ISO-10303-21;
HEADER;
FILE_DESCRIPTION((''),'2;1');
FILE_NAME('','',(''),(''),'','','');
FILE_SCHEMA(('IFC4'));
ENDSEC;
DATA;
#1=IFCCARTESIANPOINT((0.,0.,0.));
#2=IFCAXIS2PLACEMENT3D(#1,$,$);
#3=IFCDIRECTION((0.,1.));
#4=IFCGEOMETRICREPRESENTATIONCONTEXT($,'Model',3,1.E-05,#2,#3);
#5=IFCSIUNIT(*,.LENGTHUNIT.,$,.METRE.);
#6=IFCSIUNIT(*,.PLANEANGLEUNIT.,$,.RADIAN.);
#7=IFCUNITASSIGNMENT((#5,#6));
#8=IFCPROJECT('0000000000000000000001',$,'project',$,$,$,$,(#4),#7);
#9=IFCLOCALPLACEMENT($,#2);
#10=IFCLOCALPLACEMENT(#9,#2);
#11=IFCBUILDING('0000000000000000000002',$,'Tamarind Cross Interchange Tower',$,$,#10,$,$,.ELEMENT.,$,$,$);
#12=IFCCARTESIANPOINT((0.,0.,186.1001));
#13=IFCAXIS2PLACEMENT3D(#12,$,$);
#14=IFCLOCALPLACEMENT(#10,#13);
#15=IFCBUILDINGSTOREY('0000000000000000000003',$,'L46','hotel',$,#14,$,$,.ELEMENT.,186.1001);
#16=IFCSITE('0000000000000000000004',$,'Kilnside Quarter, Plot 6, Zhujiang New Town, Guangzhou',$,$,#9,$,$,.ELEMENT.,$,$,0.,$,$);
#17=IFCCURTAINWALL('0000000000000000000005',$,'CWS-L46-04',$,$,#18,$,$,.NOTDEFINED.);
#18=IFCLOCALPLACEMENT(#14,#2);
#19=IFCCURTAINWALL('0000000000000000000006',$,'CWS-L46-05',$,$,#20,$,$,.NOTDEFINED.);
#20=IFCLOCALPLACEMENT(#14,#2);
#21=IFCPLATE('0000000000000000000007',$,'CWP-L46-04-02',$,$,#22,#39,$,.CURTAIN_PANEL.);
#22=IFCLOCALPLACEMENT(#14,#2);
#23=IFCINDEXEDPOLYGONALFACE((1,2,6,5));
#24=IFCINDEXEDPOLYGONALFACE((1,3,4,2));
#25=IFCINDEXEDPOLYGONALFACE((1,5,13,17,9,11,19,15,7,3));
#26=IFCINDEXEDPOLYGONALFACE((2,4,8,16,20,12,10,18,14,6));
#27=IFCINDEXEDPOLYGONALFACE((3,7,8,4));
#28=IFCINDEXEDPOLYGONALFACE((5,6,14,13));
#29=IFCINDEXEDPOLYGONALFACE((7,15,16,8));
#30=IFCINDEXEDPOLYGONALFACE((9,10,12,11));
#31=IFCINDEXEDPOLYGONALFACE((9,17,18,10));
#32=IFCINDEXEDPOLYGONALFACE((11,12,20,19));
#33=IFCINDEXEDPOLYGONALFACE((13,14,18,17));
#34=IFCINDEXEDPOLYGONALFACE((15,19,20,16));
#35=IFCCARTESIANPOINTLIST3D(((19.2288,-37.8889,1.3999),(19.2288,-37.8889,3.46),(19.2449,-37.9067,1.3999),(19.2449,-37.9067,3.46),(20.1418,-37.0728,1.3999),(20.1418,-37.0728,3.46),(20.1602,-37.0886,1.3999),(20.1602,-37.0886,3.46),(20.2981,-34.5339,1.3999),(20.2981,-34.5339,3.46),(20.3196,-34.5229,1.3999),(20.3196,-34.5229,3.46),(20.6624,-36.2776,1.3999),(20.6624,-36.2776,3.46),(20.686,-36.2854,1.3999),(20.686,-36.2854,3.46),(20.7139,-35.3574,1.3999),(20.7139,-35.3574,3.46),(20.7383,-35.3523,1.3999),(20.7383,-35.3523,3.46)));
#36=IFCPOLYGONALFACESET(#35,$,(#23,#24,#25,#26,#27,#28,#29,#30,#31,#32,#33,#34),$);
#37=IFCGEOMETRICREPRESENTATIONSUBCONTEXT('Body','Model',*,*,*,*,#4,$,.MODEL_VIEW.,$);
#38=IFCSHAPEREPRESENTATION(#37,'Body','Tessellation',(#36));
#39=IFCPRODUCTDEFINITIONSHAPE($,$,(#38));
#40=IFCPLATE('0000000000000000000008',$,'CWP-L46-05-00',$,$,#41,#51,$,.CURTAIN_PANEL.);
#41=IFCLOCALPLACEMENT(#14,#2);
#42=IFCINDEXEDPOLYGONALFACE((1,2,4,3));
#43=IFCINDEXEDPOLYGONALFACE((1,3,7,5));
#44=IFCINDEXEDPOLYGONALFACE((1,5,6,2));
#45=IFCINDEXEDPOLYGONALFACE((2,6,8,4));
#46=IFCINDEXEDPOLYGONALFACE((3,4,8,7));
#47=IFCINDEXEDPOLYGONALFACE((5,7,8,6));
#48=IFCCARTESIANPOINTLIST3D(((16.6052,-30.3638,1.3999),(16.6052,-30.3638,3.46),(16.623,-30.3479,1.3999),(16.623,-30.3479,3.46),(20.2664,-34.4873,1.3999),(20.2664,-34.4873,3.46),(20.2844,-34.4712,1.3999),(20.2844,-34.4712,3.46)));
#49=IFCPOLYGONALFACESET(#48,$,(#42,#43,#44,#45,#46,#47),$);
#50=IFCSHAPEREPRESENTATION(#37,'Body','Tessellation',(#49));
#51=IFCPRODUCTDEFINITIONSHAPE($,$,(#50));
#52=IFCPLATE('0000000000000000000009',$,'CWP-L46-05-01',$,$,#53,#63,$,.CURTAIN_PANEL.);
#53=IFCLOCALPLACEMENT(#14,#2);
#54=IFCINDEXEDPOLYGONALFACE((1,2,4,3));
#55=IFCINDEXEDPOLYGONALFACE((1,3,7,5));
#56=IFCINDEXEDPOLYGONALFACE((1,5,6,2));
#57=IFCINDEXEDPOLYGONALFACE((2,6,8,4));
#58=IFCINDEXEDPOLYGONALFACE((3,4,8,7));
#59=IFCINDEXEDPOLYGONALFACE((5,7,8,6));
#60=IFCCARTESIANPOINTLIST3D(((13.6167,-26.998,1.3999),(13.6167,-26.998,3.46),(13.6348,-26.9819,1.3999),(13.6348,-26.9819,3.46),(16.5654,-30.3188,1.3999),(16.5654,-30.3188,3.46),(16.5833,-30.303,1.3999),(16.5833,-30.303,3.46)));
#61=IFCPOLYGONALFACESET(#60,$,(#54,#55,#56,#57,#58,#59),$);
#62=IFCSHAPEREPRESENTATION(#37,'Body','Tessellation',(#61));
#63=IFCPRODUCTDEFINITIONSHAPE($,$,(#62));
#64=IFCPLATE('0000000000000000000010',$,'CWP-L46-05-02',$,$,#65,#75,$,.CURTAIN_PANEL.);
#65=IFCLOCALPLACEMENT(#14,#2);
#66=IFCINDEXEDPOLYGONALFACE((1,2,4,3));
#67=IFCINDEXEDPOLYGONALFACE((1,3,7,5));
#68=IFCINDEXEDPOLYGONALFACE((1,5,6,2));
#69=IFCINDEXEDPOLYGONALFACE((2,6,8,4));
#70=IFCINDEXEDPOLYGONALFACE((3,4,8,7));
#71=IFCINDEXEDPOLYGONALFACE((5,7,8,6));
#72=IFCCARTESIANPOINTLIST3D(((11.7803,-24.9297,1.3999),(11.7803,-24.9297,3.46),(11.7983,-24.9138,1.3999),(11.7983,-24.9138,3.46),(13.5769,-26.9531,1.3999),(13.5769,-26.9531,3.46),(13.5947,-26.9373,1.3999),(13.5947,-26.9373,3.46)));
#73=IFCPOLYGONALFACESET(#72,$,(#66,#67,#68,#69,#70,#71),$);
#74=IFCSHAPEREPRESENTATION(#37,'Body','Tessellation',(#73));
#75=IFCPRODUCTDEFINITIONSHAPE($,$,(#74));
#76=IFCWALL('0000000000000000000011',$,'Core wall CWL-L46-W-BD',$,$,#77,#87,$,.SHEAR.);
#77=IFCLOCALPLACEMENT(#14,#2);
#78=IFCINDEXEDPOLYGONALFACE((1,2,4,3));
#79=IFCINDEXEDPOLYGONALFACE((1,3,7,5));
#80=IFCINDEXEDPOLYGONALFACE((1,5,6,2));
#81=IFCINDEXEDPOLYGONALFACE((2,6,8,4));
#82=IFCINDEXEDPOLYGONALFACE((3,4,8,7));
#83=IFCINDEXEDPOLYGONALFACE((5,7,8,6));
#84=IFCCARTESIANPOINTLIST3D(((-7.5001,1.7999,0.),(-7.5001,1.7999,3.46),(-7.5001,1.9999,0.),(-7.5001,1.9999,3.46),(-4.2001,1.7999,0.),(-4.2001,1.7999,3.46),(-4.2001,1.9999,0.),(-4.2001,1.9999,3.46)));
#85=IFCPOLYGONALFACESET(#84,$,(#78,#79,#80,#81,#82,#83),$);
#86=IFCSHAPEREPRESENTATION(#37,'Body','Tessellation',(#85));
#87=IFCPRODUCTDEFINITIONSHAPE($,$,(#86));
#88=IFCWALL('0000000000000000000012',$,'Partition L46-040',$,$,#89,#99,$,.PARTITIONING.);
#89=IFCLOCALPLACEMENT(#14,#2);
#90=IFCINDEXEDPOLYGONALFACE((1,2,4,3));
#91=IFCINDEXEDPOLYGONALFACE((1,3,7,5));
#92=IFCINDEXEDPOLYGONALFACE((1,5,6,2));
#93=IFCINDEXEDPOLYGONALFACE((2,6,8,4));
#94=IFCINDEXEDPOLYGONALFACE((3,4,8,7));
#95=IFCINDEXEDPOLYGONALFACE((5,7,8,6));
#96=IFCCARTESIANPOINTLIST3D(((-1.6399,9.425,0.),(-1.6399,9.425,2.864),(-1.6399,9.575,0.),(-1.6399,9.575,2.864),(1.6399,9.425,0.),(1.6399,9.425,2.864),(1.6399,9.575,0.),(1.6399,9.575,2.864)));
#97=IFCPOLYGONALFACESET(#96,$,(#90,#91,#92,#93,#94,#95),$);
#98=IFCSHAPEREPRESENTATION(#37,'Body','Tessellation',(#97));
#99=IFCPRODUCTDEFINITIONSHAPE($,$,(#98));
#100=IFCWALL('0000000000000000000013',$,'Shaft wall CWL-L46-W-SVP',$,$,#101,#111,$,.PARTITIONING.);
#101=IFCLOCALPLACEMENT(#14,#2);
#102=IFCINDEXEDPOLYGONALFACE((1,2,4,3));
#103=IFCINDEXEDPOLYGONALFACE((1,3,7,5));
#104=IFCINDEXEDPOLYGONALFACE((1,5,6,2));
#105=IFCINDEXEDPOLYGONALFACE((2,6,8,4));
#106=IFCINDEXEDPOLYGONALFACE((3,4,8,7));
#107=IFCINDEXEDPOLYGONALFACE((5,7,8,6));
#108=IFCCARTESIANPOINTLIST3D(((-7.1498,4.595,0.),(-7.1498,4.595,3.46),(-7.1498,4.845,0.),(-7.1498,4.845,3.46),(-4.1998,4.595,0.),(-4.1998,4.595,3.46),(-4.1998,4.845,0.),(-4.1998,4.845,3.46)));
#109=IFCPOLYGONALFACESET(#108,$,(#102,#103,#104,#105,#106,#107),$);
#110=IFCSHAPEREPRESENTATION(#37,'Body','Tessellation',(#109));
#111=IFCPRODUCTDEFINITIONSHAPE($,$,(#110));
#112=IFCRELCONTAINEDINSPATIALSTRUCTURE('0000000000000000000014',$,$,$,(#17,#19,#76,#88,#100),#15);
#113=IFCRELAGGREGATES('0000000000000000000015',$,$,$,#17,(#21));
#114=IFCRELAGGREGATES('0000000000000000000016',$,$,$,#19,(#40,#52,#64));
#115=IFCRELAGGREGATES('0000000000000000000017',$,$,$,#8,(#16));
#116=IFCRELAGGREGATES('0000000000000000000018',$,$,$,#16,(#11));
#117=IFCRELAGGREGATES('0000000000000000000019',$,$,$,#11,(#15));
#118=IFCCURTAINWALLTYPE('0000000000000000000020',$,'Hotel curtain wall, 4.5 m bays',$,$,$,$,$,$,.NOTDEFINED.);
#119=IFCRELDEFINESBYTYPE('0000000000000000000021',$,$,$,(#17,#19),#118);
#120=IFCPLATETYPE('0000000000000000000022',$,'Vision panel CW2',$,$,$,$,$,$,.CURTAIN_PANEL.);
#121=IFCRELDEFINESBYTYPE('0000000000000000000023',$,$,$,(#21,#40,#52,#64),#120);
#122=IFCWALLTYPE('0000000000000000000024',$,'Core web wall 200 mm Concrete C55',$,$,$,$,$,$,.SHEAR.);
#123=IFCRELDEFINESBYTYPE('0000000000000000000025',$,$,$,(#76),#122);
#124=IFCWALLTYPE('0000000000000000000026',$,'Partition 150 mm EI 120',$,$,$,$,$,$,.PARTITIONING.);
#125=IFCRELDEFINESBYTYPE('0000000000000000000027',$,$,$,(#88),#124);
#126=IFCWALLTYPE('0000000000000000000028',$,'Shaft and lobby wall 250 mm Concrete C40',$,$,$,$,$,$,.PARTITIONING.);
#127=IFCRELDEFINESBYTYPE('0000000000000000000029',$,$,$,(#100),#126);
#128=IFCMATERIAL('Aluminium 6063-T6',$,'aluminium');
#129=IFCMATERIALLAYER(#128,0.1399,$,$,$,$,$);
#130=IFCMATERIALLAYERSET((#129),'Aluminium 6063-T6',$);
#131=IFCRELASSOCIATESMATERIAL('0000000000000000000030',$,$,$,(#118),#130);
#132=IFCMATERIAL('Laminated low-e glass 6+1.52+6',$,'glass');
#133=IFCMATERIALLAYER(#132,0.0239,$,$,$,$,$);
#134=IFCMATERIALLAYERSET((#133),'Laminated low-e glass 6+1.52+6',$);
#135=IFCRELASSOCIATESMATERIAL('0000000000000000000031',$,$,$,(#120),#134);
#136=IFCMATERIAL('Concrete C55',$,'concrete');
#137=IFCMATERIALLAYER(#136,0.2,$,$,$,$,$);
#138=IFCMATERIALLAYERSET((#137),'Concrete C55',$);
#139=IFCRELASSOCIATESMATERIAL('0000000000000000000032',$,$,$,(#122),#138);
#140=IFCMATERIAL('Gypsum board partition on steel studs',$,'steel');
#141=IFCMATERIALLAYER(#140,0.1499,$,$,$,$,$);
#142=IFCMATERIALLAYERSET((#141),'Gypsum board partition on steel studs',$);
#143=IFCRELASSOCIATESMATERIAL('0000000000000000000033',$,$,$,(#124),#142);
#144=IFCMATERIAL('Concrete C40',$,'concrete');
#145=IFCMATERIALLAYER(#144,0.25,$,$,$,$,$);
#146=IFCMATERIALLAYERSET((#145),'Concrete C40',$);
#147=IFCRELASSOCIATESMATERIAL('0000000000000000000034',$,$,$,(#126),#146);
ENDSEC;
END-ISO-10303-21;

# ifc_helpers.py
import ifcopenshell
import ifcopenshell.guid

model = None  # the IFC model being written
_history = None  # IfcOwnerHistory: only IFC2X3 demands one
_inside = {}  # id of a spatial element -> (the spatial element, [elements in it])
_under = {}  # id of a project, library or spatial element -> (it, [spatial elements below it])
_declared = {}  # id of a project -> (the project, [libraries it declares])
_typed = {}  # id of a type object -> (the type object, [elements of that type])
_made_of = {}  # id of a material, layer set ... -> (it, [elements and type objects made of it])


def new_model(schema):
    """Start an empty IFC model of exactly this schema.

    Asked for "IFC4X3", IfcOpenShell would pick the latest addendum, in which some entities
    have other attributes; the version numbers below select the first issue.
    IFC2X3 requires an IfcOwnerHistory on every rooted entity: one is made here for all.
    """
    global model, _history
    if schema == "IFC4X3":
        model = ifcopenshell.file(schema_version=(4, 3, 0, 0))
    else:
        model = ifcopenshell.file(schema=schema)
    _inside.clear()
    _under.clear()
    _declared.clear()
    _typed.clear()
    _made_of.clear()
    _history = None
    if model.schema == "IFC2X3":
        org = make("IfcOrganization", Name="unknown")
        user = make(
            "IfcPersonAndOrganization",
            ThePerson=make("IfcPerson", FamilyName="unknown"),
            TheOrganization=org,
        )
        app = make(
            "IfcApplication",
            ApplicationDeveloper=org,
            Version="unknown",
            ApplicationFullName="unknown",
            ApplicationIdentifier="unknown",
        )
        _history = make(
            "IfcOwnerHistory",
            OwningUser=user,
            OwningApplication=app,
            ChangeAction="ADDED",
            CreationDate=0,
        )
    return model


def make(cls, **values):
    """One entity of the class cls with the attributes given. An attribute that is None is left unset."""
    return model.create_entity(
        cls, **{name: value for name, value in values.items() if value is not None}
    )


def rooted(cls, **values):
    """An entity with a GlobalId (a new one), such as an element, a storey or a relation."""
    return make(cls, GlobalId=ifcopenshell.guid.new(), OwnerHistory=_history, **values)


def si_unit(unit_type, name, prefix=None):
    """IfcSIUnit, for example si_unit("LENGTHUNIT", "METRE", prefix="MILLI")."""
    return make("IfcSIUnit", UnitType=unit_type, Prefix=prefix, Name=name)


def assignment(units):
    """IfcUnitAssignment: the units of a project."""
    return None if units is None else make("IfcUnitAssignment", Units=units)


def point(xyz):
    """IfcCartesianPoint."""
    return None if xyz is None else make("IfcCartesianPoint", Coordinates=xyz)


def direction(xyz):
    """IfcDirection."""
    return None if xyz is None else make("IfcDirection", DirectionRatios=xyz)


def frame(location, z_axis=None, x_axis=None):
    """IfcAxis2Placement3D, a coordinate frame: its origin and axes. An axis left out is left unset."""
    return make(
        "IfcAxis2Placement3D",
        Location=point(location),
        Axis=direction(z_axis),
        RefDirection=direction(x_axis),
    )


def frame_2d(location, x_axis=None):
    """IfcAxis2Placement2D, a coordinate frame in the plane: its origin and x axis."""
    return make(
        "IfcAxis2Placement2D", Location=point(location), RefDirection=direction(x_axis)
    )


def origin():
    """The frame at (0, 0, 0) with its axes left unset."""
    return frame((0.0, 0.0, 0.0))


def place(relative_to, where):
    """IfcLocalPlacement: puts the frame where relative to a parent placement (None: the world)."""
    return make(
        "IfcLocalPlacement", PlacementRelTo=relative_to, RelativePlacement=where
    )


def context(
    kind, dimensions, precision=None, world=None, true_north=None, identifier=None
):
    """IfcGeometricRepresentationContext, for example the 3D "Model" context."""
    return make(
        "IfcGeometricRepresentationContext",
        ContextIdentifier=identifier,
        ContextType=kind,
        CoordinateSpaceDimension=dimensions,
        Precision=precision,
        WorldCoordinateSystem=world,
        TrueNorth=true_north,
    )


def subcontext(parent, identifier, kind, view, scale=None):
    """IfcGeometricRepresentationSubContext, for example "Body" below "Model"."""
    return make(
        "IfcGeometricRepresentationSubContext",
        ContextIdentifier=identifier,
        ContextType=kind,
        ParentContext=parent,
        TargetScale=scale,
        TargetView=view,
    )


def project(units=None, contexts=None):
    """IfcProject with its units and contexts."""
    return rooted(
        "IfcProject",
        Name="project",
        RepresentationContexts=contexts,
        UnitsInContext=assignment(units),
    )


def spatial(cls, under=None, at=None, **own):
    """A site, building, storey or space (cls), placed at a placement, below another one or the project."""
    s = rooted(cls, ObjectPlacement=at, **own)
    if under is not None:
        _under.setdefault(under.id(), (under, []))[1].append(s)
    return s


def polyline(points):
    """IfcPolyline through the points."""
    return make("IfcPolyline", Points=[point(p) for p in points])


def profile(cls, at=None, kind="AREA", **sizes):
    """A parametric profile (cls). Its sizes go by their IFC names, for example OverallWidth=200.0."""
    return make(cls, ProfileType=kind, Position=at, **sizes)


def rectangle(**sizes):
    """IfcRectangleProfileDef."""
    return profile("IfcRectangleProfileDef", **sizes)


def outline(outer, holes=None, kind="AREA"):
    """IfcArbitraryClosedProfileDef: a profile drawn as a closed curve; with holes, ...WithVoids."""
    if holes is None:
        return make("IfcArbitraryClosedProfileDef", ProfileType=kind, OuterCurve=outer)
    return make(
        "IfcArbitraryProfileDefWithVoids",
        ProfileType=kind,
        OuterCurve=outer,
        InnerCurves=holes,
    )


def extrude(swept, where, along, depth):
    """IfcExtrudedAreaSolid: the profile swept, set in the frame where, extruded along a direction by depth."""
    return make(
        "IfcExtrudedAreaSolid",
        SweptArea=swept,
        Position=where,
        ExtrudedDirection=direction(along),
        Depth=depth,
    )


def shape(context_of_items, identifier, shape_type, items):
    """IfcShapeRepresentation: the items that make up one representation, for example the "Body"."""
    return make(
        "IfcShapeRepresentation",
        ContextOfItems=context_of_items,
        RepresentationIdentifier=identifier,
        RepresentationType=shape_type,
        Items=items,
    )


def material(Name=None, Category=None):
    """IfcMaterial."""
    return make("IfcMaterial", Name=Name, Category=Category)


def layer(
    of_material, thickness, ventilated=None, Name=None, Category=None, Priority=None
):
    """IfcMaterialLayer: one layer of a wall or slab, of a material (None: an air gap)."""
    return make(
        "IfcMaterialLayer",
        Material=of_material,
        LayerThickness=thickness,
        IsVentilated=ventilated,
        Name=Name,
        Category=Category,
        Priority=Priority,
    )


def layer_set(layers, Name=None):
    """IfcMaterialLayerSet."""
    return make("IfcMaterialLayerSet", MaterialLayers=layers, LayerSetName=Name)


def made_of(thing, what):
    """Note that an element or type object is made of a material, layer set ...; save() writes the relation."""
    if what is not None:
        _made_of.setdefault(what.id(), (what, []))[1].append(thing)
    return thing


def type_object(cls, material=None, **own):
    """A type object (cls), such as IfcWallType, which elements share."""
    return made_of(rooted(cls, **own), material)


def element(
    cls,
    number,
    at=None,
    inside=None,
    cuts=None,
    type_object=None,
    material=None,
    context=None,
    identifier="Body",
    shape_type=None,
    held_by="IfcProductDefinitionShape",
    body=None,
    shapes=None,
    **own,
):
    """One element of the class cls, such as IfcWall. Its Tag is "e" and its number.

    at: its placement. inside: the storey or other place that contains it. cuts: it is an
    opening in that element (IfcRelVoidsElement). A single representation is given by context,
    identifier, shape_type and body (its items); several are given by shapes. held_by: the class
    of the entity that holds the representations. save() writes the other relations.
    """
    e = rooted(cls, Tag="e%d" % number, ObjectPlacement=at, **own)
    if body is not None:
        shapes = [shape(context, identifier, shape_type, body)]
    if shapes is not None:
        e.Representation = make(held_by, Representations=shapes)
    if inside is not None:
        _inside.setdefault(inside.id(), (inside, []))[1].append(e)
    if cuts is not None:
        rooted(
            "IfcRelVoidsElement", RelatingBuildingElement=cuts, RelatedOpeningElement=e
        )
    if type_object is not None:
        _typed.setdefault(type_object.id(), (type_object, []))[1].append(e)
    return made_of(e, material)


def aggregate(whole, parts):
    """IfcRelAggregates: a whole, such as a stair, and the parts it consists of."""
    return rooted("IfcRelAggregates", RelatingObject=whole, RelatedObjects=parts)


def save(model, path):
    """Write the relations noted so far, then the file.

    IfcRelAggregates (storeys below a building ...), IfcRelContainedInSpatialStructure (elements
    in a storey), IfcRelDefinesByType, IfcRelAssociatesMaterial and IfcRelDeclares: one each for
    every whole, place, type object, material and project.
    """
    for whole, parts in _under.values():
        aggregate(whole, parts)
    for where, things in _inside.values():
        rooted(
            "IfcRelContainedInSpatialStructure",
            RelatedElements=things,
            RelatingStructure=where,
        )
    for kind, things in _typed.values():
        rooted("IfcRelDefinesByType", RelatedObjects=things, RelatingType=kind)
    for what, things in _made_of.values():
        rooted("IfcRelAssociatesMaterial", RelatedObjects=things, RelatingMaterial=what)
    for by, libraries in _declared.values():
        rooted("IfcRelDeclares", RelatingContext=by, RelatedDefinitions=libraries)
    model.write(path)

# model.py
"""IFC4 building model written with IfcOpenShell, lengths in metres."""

from ifc_helpers import new_model, si_unit, direction, frame, frame_2d, origin, place, context, subcontext, project, spatial, polyline, rectangle, outline, extrude, material, layer, layer_set, type_object, element, aggregate, save


model = new_model("IFC4")

# Units and contexts
model_context = context("Model", 3, precision=1e-05, world=origin(), true_north=direction((0.0, 1.0)))
body_context = subcontext(model_context, "Body", "Model", "MODEL_VIEW")
ifc_project = project(units=[si_unit("LENGTHUNIT", "METRE"), si_unit("PLANEANGLEUNIT", "RADIAN")], contexts=[model_context])

# Site, building, storey
site_placement = place(None, origin())
site = spatial("IfcSite", under=ifc_project, at=site_placement, Name="Kilnside Quarter, Plot 6, Zhujiang New Town, Guangzhou", CompositionType="ELEMENT", RefElevation=0.0)
building_placement = place(site_placement, origin())
building = spatial("IfcBuilding", under=site, at=building_placement, Name="Tamarind Cross Interchange Tower", CompositionType="ELEMENT")
storey_placement = place(building_placement, frame((0.0, 0.0, 186.1001)))
storey = spatial("IfcBuildingStorey", under=building, at=storey_placement, Name="L46", Description="hotel", CompositionType="ELEMENT", Elevation=186.1001)

# Shared definitions
ifc_material_1 = material(Name="Aluminium 6063-T6", Category="aluminium")
ifc_layer_1 = layer(ifc_material_1, 0.1399)
ifc_layer_set_1 = layer_set([ifc_layer_1], Name="Aluminium 6063-T6")
curtain_wall_type = type_object("IfcCurtainWallType", Name="Hotel curtain wall, 4.5 m bays", PredefinedType="NOTDEFINED", material=ifc_layer_set_1)

# Curtain walls
curtain_wall_1_placement = place(storey_placement, origin())
curtain_wall_1 = element("IfcCurtainWall", 1, at=curtain_wall_1_placement, inside=storey, type_object=curtain_wall_type, Name="CWS-L46-04", PredefinedType="NOTDEFINED")
curtain_wall_2_placement = place(storey_placement, origin())
curtain_wall_2 = element("IfcCurtainWall", 2, at=curtain_wall_2_placement, inside=storey, type_object=curtain_wall_type, Name="CWS-L46-05", PredefinedType="NOTDEFINED")

# Plates
ifc_material_2 = material(Name="Laminated low-e glass 6+1.52+6", Category="glass")
ifc_layer_2 = layer(ifc_material_2, 0.0239)
ifc_layer_set_2 = layer_set([ifc_layer_2], Name="Laminated low-e glass 6+1.52+6")
plate_type = type_object("IfcPlateType", Name="Vision panel CW2", PredefinedType="CURTAIN_PANEL", material=ifc_layer_set_2)
plate_1_placement = place(storey_placement, frame((0.0, 0.0, 1.3999)))
plate_1 = element("IfcPlate", 3, at=plate_1_placement, type_object=plate_type, Name="CWP-L46-04-02", PredefinedType="CURTAIN_PANEL", context=body_context, shape_type="SweptSolid", body=[
    extrude(outline(polyline([(19.2288, -37.8889), (20.1418, -37.0728), (20.6624, -36.2776), (20.7139, -35.3574), (20.2981, -34.5339), (20.3196, -34.5229), (20.7383, -35.3523), (20.686, -36.2854), (20.1602, -37.0886), (19.2449, -37.9067), (19.2288, -37.8889)])), origin(), (0.0, 0.0, 1.0), 2.0601),
])
aggregate(curtain_wall_1, [plate_1])
plate_2_placement = place(storey_placement, frame((0.0, 0.0, 1.3999)))
plate_2 = element("IfcPlate", 4, at=plate_2_placement, type_object=plate_type, Name="CWP-L46-05-00", PredefinedType="CURTAIN_PANEL", context=body_context, shape_type="SweptSolid", body=[
    extrude(outline(polyline([(20.2664, -34.4873), (16.6052, -30.3638), (16.623, -30.3479), (20.2844, -34.4712), (20.2664, -34.4873)])), origin(), (0.0, 0.0, 1.0), 2.0601),
])
plate_3_placement = place(storey_placement, frame((0.0, 0.0, 1.3999)))
plate_3 = element("IfcPlate", 5, at=plate_3_placement, type_object=plate_type, Name="CWP-L46-05-01", PredefinedType="CURTAIN_PANEL", context=body_context, shape_type="SweptSolid", body=[
    extrude(outline(polyline([(16.5654, -30.3188), (13.6167, -26.998), (13.6348, -26.9819), (16.5833, -30.303), (16.5654, -30.3188)])), origin(), (0.0, 0.0, 1.0), 2.0601),
])
plate_4_placement = place(storey_placement, frame((0.0, 0.0, 1.3999)))
plate_4 = element("IfcPlate", 6, at=plate_4_placement, type_object=plate_type, Name="CWP-L46-05-02", PredefinedType="CURTAIN_PANEL", context=body_context, shape_type="SweptSolid", body=[
    extrude(outline(polyline([(13.5769, -26.9531), (11.7803, -24.9297), (11.7983, -24.9138), (13.5947, -26.9373), (13.5769, -26.9531)])), origin(), (0.0, 0.0, 1.0), 2.0601),
])
aggregate(curtain_wall_2, [plate_2, plate_3, plate_4])

# Walls
ifc_material_3 = material(Name="Concrete C55", Category="concrete")
ifc_layer_3 = layer(ifc_material_3, 0.2)
ifc_layer_set_3 = layer_set([ifc_layer_3], Name="Concrete C55")
wall_type_1 = type_object("IfcWallType", Name="Core web wall 200 mm Concrete C55", PredefinedType="SHEAR", material=ifc_layer_set_3)
wall_1_placement = place(storey_placement, frame((-7.5, 1.8999, 0.0), z_axis=(0.0, 0.0, 1.0), x_axis=(1.0, 0.0, 0.0)))
element("IfcWall", 7, at=wall_1_placement, inside=storey, type_object=wall_type_1, Name="Core wall CWL-L46-W-BD", PredefinedType="SHEAR", context=body_context, shape_type="SweptSolid", body=[
    extrude(rectangle(XDim=3.3, YDim=0.2, at=frame_2d((1.6499, 0.0))), origin(), (0.0, 0.0, 1.0), 3.46),
])
ifc_material_4 = material(Name="Gypsum board partition on steel studs", Category="steel")
ifc_layer_4 = layer(ifc_material_4, 0.1499)
ifc_layer_set_4 = layer_set([ifc_layer_4], Name="Gypsum board partition on steel studs")
wall_type_2 = type_object("IfcWallType", Name="Partition 150 mm EI 120", PredefinedType="PARTITIONING", material=ifc_layer_set_4)
wall_2_placement = place(storey_placement, frame((-1.6399, 9.5, 0.0), z_axis=(0.0, 0.0, 1.0), x_axis=(1.0, 0.0, 0.0)))
element("IfcWall", 8, at=wall_2_placement, inside=storey, type_object=wall_type_2, Name="Partition L46-040", PredefinedType="PARTITIONING", context=body_context, shape_type="SweptSolid", body=[
    extrude(rectangle(XDim=3.2798, YDim=0.1499, at=frame_2d((1.6399, 0.0))), origin(), (0.0, 0.0, 1.0), 2.864),
])
ifc_material_5 = material(Name="Concrete C40", Category="concrete")
ifc_layer_5 = layer(ifc_material_5, 0.25)
ifc_layer_set_5 = layer_set([ifc_layer_5], Name="Concrete C40")
wall_type_3 = type_object("IfcWallType", Name="Shaft and lobby wall 250 mm Concrete C40", PredefinedType="PARTITIONING", material=ifc_layer_set_5)
wall_3_placement = place(storey_placement, frame((-7.1499, 4.72, 0.0), z_axis=(0.0, 0.0, 1.0), x_axis=(1.0, 0.0, 0.0)))
element("IfcWall", 9, at=wall_3_placement, inside=storey, type_object=wall_type_3, Name="Shaft wall CWL-L46-W-SVP", PredefinedType="PARTITIONING", context=body_context, shape_type="SweptSolid", body=[
    extrude(rectangle(XDim=2.95, YDim=0.25, at=frame_2d((1.4751, 0.0))), origin(), (0.0, 0.0, 1.0), 3.46),
])

save(model, "model.ifc")
